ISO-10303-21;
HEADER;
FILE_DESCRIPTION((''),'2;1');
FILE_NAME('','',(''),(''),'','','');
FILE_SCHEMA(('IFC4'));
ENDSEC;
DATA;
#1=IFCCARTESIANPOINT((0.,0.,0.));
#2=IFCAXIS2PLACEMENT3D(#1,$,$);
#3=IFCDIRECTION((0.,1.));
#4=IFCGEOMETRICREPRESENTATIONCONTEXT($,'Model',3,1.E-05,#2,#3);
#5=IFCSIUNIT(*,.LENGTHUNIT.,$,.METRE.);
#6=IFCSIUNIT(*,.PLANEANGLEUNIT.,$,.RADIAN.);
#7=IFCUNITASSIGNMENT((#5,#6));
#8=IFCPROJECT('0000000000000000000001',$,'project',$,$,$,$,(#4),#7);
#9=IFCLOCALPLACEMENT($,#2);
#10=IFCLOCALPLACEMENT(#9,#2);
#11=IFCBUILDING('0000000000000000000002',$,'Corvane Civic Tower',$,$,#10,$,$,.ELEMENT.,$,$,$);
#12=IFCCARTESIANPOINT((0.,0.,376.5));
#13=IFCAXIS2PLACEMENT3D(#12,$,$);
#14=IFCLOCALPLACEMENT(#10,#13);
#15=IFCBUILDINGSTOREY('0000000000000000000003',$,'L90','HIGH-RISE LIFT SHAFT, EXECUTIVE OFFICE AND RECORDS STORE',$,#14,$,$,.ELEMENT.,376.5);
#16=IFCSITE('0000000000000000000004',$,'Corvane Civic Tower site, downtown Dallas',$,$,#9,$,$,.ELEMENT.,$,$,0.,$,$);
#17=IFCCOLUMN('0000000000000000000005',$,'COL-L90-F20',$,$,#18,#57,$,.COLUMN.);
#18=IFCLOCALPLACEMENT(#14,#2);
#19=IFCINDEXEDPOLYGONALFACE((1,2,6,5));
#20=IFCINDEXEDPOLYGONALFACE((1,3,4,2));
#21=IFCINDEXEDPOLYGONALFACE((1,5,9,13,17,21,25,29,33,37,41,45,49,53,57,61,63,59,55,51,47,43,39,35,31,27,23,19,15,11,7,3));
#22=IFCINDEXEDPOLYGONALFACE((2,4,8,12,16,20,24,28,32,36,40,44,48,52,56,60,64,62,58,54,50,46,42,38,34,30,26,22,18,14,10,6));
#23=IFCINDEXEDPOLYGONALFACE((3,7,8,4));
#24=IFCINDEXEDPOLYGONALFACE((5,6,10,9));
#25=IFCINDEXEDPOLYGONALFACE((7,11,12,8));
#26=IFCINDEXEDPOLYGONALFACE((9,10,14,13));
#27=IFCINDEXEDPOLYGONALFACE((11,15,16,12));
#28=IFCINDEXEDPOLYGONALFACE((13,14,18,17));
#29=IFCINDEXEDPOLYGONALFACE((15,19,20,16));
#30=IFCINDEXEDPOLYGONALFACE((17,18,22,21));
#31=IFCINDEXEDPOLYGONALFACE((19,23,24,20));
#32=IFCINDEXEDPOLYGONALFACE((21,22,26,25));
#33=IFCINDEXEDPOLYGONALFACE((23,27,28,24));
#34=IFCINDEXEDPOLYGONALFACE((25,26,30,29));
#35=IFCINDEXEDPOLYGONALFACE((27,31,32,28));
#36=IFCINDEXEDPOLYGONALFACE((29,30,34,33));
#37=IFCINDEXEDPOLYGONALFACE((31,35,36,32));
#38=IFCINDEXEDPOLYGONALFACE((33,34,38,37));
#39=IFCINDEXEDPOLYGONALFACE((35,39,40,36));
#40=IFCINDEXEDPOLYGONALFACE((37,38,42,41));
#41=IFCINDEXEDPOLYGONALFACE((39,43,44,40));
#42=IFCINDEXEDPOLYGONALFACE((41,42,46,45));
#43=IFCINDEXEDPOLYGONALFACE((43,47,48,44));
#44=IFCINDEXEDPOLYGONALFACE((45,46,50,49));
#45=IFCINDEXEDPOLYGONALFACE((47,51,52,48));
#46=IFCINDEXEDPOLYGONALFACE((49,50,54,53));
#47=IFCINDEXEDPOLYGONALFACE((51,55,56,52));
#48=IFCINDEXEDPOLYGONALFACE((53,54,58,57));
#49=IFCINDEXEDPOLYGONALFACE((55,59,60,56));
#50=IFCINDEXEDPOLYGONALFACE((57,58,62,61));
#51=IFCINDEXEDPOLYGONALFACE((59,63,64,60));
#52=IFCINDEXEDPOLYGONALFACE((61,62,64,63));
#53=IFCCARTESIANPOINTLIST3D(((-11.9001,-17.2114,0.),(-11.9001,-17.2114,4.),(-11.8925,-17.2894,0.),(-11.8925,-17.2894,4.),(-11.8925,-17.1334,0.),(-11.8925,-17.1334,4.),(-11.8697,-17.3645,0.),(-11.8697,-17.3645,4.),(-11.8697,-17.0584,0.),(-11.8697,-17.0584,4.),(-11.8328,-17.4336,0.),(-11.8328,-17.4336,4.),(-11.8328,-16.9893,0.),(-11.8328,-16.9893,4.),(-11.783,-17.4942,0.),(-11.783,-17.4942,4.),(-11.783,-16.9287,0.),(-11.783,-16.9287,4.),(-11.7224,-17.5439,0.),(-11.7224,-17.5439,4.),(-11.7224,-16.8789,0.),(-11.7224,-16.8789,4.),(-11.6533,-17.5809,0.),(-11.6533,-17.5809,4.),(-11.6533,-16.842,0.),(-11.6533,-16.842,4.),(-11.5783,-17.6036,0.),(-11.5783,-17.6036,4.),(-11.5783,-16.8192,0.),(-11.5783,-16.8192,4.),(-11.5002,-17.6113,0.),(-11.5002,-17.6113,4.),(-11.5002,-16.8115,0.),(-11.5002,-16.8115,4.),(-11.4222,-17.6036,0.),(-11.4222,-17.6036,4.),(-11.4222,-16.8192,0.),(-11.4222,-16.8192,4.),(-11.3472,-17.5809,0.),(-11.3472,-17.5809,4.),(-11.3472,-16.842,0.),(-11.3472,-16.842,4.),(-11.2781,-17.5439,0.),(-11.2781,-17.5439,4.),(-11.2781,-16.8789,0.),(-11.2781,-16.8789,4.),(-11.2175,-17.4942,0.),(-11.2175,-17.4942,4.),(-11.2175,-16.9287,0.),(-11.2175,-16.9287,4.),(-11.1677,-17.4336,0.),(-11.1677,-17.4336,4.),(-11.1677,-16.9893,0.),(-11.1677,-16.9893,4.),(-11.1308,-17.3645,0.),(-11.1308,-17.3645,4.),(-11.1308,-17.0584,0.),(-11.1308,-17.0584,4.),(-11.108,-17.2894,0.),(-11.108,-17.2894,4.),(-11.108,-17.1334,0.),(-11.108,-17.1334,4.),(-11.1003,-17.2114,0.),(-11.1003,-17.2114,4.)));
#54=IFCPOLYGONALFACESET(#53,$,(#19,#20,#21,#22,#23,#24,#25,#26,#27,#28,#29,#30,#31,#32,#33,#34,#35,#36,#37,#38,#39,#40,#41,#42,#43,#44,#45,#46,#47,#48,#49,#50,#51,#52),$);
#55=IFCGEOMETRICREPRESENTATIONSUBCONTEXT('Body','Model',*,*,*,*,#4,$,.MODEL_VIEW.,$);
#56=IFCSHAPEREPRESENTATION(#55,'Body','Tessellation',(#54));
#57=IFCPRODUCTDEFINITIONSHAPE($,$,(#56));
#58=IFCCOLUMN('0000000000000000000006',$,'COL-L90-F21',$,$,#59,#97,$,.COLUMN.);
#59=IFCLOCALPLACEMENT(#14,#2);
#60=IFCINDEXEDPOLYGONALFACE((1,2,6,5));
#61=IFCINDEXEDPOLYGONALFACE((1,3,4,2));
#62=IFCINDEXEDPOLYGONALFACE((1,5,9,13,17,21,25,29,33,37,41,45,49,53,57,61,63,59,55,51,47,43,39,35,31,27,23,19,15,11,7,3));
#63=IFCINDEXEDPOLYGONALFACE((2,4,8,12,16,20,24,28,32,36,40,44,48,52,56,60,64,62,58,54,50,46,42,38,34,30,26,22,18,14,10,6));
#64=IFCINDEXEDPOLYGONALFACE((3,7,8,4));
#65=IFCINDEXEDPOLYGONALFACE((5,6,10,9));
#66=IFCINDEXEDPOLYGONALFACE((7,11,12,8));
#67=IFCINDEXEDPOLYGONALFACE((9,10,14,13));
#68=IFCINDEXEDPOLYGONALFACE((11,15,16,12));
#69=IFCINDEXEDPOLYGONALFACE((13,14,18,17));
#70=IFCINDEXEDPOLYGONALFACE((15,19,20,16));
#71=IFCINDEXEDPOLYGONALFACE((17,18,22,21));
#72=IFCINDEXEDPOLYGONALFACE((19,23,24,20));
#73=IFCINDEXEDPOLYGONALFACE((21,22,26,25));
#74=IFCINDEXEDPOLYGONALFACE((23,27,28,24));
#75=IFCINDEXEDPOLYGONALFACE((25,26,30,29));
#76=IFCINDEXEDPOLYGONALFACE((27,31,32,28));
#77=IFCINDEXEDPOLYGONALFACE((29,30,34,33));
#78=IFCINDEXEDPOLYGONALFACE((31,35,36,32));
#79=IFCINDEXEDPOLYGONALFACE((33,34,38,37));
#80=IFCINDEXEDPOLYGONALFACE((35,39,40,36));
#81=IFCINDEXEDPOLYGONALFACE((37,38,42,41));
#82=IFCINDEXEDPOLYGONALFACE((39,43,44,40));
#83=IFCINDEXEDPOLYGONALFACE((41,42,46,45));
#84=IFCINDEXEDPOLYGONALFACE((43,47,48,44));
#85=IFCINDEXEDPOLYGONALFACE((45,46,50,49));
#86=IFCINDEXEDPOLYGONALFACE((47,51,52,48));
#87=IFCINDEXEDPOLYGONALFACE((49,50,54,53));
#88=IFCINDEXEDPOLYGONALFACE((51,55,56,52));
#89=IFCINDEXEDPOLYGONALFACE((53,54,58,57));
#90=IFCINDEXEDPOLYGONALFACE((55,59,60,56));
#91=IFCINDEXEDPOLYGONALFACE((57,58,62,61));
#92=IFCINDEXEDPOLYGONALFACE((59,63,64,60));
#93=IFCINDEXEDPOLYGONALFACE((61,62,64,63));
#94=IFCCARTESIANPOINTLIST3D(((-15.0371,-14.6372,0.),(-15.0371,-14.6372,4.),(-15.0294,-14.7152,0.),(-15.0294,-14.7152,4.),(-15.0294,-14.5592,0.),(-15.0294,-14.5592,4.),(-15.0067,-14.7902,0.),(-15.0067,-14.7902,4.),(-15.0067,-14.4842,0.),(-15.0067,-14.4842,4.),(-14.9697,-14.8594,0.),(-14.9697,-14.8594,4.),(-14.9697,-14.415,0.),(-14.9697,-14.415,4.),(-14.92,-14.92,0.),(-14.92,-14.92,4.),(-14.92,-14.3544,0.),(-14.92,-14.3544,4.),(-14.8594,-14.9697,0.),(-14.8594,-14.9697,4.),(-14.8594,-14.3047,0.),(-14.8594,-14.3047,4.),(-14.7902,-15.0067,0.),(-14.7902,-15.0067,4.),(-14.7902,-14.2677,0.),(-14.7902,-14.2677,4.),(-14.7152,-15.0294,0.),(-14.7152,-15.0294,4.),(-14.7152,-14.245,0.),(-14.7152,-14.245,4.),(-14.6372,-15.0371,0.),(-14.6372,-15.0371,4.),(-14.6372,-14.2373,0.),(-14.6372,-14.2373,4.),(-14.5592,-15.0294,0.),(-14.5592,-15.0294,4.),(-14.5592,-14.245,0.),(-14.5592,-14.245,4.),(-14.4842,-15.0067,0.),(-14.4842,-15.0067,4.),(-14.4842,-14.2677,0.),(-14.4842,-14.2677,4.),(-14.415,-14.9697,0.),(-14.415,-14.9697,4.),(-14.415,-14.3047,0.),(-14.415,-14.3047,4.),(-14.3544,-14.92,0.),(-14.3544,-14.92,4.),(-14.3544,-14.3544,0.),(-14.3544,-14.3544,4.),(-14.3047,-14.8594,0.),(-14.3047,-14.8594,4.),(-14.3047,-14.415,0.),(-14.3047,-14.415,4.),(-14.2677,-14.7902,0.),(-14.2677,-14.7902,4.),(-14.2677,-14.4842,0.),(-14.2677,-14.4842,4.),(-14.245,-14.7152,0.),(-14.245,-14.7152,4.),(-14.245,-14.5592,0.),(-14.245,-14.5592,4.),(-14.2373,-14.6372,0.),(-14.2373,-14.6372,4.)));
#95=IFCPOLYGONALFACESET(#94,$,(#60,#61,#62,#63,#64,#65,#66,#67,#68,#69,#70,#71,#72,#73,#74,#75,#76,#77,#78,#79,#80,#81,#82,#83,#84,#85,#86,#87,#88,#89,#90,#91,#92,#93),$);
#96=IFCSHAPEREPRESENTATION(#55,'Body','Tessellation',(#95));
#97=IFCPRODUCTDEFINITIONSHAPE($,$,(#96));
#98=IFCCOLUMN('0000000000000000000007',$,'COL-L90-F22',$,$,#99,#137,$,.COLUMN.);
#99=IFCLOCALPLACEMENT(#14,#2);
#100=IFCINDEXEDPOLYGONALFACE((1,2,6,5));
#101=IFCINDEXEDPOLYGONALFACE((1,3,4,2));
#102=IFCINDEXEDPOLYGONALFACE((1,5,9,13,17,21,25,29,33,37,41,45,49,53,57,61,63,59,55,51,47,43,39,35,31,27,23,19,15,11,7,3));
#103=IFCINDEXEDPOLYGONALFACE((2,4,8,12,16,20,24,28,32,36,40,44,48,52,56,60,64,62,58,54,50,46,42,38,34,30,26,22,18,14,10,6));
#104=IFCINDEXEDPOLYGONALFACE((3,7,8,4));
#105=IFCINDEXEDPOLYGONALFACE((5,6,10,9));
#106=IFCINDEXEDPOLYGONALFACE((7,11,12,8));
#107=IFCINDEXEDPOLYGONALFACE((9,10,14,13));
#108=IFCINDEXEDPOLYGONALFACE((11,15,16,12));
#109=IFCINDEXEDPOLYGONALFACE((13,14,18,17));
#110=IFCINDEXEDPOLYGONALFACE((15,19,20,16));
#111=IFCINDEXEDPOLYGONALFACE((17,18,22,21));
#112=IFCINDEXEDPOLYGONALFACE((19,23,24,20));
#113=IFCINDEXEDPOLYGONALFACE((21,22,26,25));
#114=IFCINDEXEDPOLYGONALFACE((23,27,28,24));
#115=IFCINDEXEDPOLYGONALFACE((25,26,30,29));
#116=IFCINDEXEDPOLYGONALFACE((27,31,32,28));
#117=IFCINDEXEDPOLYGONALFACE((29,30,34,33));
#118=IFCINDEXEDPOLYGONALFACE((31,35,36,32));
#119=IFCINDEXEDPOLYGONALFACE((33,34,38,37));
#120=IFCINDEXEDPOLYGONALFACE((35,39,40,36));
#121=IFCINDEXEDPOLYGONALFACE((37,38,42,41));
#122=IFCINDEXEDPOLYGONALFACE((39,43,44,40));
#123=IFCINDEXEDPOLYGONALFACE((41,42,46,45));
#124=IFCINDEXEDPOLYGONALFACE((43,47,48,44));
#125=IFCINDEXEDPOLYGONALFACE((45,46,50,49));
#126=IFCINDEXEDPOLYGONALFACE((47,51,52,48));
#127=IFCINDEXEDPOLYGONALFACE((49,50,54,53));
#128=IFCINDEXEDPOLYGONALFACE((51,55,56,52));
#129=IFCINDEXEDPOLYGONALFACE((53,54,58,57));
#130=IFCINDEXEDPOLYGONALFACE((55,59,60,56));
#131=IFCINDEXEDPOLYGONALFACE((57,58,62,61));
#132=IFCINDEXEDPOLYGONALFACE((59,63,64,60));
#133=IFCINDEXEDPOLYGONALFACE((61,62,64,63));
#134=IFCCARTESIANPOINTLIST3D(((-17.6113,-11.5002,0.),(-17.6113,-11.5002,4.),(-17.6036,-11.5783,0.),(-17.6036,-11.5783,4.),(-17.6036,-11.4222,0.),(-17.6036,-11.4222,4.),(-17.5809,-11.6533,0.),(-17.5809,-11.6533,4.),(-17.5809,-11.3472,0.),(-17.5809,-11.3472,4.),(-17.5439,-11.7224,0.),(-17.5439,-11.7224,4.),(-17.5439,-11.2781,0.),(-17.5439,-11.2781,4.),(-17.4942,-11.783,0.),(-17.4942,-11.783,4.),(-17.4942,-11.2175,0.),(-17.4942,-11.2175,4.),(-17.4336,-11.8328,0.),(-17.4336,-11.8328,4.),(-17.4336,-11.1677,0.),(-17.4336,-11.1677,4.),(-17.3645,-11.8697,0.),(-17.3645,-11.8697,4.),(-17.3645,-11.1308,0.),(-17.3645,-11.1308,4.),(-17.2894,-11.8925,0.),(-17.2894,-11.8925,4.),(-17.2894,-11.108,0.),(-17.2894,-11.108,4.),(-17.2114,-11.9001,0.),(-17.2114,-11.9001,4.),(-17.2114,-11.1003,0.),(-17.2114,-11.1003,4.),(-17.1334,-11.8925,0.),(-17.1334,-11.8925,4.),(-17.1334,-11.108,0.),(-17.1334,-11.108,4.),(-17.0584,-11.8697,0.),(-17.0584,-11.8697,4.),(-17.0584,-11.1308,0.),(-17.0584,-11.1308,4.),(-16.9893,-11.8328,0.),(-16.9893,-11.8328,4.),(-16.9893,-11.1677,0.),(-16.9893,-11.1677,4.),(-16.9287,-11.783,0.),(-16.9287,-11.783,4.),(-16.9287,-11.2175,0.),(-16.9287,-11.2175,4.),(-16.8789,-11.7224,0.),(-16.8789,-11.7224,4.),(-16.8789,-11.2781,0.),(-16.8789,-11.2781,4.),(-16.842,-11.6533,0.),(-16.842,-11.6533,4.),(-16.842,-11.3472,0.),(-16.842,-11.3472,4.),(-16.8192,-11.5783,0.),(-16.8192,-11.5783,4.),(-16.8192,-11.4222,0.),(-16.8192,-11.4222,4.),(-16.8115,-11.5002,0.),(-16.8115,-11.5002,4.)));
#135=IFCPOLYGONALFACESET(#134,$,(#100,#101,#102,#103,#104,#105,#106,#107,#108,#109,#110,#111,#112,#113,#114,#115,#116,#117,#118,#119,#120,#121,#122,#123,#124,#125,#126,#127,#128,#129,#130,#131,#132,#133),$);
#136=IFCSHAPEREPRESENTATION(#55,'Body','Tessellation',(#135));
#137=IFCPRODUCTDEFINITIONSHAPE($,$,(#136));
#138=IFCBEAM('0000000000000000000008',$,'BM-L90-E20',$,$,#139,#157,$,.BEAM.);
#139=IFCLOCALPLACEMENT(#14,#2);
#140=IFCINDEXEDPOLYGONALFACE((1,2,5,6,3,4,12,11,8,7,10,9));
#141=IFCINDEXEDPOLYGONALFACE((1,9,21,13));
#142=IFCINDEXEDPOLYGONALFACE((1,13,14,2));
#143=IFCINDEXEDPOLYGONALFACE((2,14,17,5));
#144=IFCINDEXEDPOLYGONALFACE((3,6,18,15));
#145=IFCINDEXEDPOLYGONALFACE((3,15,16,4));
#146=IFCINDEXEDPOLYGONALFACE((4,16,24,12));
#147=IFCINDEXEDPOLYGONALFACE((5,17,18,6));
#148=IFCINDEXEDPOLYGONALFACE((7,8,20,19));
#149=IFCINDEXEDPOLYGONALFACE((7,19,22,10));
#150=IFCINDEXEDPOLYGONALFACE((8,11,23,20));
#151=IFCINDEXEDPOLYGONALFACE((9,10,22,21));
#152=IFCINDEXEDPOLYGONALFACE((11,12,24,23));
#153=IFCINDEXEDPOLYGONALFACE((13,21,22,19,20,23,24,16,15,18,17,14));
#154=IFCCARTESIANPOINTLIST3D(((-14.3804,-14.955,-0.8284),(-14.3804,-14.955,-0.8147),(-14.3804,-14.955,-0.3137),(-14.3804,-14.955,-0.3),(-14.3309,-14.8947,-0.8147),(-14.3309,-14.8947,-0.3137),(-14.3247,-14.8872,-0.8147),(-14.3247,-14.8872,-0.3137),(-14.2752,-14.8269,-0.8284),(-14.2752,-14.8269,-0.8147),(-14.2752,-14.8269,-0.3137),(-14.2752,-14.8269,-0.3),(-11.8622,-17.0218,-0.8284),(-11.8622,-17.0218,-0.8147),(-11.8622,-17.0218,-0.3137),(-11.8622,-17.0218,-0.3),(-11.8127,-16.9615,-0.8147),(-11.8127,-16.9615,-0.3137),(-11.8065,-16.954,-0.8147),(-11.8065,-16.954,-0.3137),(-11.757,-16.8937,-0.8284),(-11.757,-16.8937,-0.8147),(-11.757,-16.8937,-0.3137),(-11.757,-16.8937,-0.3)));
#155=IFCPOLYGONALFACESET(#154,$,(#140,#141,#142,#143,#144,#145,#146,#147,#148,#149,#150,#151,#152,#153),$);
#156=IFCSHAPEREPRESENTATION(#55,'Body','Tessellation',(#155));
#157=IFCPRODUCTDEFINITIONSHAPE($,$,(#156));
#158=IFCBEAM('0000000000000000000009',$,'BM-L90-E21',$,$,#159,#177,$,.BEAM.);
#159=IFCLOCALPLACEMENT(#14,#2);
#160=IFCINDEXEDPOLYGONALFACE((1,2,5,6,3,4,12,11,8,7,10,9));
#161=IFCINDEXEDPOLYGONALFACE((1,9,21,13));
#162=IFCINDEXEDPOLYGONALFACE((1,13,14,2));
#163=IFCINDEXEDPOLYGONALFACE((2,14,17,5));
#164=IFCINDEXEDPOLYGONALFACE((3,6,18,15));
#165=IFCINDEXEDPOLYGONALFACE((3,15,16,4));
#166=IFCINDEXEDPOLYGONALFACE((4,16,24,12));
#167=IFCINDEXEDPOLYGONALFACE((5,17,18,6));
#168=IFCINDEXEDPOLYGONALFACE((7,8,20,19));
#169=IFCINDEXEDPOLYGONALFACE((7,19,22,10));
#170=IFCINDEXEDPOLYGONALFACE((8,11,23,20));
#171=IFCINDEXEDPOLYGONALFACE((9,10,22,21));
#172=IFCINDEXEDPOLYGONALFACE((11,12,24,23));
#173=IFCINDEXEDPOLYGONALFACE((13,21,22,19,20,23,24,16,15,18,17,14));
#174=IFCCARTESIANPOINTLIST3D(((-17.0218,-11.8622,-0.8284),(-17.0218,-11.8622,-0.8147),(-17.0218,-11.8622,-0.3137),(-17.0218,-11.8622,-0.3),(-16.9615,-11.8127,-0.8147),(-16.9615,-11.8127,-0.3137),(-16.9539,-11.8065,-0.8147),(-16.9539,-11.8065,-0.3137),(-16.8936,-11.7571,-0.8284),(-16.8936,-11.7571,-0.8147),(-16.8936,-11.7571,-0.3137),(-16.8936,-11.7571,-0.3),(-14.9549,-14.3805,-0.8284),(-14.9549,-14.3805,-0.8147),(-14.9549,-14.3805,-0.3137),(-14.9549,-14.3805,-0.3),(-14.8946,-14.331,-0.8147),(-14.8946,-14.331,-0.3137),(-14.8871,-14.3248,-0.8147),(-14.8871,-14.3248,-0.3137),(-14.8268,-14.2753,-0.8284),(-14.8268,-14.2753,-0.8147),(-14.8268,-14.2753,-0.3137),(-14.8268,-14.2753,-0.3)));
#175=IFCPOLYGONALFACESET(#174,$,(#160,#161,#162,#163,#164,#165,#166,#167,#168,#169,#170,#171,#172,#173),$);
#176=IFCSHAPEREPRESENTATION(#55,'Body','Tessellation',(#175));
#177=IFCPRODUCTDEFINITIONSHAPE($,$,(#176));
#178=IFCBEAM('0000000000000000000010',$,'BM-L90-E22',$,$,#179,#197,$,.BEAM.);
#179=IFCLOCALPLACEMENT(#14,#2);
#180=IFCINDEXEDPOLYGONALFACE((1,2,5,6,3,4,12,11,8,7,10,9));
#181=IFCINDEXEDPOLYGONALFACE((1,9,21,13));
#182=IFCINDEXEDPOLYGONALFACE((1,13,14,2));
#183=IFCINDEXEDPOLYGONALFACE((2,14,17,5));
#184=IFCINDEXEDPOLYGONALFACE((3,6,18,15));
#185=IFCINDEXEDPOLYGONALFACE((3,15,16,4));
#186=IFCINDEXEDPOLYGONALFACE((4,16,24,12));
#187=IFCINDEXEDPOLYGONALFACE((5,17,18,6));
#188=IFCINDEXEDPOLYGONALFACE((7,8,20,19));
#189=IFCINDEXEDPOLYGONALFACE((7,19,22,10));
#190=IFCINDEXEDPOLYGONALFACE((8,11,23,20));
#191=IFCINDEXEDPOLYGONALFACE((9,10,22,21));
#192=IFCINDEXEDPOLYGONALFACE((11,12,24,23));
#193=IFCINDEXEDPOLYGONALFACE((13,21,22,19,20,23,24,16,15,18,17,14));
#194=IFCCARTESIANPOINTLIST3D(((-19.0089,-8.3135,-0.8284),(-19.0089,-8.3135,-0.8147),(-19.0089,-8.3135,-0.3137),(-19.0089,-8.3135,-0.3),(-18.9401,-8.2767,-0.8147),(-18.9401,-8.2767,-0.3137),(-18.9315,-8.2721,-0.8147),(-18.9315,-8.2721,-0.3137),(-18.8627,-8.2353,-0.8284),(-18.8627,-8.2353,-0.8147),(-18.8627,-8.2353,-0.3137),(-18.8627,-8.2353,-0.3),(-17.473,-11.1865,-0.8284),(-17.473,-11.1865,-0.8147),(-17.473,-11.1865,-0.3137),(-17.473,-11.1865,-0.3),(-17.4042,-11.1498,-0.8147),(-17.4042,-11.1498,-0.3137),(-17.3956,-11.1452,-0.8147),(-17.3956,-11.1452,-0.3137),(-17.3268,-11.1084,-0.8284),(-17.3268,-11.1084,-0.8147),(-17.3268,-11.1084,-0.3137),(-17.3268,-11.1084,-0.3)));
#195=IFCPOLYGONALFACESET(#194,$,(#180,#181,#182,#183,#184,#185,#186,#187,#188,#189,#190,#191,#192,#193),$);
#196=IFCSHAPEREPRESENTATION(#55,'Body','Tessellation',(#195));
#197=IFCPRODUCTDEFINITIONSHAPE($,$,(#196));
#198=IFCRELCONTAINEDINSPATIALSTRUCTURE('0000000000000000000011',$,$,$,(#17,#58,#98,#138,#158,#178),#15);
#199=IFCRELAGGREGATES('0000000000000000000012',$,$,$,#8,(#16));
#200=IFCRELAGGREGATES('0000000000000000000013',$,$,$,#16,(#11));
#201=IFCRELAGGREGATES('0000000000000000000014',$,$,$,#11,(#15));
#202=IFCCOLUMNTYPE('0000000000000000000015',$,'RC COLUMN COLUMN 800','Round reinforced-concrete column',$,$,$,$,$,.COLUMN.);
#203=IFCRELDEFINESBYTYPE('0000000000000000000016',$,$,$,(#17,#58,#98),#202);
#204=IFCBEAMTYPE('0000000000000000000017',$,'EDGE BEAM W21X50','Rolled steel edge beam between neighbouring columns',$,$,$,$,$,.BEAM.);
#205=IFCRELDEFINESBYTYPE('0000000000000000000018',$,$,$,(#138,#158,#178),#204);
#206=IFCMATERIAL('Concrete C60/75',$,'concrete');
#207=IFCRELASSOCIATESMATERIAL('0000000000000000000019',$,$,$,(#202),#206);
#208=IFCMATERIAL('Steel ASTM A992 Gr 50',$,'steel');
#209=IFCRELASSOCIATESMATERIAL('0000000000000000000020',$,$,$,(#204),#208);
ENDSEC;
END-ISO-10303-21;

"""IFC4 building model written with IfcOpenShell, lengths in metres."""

from ifc_helpers import new_model, si_unit, direction, frame, origin, origin_2d, place, context, subcontext, project, spatial, circle, i_section, extrude, material, material_profile, profile_set, type_object, element, save


model = new_model("IFC4")

# Units and contexts
model_context = context("Model", 3, precision=1e-05, world=origin(), true_north=direction((0.0, 1.0)))
body_context = subcontext(model_context, "Body", "Model", "MODEL_VIEW")
ifc_project = project(units=[si_unit("LENGTHUNIT", "METRE"), si_unit("PLANEANGLEUNIT", "RADIAN")], contexts=[model_context])

# Site, building, storey
site_placement = place(None, origin())
site = spatial("IfcSite", under=ifc_project, at=site_placement, Name="Corvane Civic Tower site, downtown Dallas", CompositionType="ELEMENT", RefElevation=0.0)
building_placement = place(site_placement, origin())
building = spatial("IfcBuilding", under=site, at=building_placement, Name="Corvane Civic Tower", CompositionType="ELEMENT")
storey_placement = place(building_placement, frame((0.0, 0.0, 376.5)))
storey = spatial("IfcBuildingStorey", under=building, at=storey_placement, Name="L90", Description="HIGH-RISE LIFT SHAFT, EXECUTIVE OFFICE AND RECORDS STORE", CompositionType="ELEMENT", Elevation=376.5)

# Columns
ifc_material_1 = material(Name="Concrete C60/75", Category="concrete")
ifc_material_profile_1 = material_profile(ifc_material_1, circle(Radius=0.3999, at=origin_2d()), Name="COLUMN 800")
ifc_profile_set_1 = profile_set([ifc_material_profile_1], Name="Concrete C60/75")
column_type = type_object("IfcColumnType", Name="RC COLUMN COLUMN 800", Description="Round reinforced-concrete column", PredefinedType="COLUMN", material=ifc_profile_set_1)
for number, where, z_axis, x_axis, name in (
    (1, (-11.5002, -17.2114, 0.0), (0.0, 0.0, 1.0), (1.0, 0.0, 0.0), "COL-L90-F20"),
    (2, (-14.6372, -14.6372, 0.0), (0.0, 0.0, 1.0), (1.0, 0.0, 0.0), "COL-L90-F21"),
    (3, (-17.2114, -11.5002, 0.0), (0.0, 0.0, 1.0), (1.0, 0.0, 0.0), "COL-L90-F22"),
):
    element("IfcColumn", number, at=place(storey_placement, frame(where, z_axis=z_axis, x_axis=x_axis)), inside=storey, type_object=column_type, Name=name, PredefinedType="COLUMN", context=body_context, shape_type="SweptSolid", body=[
        extrude(circle(Radius=0.3999, at=origin_2d()), origin(), (0.0, 0.0, 1.0), 4.0),
    ])

# Beams
ifc_material_2 = material(Name="Steel ASTM A992 Gr 50", Category="steel")
ifc_material_profile_2 = material_profile(ifc_material_2, i_section(OverallWidth=0.1658, OverallDepth=0.5283, WebThickness=0.0098, FlangeThickness=0.0137, at=origin_2d()), Name="W21X50")
ifc_profile_set_2 = profile_set([ifc_material_profile_2], Name="Steel ASTM A992 Gr 50")
beam_type_1 = type_object("IfcBeamType", Name="EDGE BEAM W21X50", Description="Rolled steel edge beam between neighbouring columns", PredefinedType="BEAM", material=ifc_profile_set_2)
for number, where, z_axis, x_axis, name in (
    (4, (-11.8096, -16.9578, -0.5642), (-0.772985, 0.634425, 0.0), (-0.634425, -0.772985, 0.0), "BM-L90-E20"),
    (5, (-14.8909, -14.3279, -0.5642), (-0.634425, 0.772985, 0.0), (-0.772985, -0.634425, 0.0), "BM-L90-E21"),
    (6, (-17.3999, -11.1475, -0.5642), (-0.471448, 0.881894, 0.0), (-0.881894, -0.471448, 0.0), "BM-L90-E22"),
):
    element("IfcBeam", number, at=place(storey_placement, frame(where, z_axis=z_axis, x_axis=x_axis)), inside=storey, type_object=beam_type_1, Name=name, PredefinedType="BEAM", context=body_context, shape_type="SweptSolid", body=[
        extrude(i_section(OverallWidth=0.1658, OverallDepth=0.5283, WebThickness=0.0098, FlangeThickness=0.0137, at=origin_2d()), origin(), (0.0, 0.0, 1.0), 3.2578),
    ])

save(model, "model.ifc")
